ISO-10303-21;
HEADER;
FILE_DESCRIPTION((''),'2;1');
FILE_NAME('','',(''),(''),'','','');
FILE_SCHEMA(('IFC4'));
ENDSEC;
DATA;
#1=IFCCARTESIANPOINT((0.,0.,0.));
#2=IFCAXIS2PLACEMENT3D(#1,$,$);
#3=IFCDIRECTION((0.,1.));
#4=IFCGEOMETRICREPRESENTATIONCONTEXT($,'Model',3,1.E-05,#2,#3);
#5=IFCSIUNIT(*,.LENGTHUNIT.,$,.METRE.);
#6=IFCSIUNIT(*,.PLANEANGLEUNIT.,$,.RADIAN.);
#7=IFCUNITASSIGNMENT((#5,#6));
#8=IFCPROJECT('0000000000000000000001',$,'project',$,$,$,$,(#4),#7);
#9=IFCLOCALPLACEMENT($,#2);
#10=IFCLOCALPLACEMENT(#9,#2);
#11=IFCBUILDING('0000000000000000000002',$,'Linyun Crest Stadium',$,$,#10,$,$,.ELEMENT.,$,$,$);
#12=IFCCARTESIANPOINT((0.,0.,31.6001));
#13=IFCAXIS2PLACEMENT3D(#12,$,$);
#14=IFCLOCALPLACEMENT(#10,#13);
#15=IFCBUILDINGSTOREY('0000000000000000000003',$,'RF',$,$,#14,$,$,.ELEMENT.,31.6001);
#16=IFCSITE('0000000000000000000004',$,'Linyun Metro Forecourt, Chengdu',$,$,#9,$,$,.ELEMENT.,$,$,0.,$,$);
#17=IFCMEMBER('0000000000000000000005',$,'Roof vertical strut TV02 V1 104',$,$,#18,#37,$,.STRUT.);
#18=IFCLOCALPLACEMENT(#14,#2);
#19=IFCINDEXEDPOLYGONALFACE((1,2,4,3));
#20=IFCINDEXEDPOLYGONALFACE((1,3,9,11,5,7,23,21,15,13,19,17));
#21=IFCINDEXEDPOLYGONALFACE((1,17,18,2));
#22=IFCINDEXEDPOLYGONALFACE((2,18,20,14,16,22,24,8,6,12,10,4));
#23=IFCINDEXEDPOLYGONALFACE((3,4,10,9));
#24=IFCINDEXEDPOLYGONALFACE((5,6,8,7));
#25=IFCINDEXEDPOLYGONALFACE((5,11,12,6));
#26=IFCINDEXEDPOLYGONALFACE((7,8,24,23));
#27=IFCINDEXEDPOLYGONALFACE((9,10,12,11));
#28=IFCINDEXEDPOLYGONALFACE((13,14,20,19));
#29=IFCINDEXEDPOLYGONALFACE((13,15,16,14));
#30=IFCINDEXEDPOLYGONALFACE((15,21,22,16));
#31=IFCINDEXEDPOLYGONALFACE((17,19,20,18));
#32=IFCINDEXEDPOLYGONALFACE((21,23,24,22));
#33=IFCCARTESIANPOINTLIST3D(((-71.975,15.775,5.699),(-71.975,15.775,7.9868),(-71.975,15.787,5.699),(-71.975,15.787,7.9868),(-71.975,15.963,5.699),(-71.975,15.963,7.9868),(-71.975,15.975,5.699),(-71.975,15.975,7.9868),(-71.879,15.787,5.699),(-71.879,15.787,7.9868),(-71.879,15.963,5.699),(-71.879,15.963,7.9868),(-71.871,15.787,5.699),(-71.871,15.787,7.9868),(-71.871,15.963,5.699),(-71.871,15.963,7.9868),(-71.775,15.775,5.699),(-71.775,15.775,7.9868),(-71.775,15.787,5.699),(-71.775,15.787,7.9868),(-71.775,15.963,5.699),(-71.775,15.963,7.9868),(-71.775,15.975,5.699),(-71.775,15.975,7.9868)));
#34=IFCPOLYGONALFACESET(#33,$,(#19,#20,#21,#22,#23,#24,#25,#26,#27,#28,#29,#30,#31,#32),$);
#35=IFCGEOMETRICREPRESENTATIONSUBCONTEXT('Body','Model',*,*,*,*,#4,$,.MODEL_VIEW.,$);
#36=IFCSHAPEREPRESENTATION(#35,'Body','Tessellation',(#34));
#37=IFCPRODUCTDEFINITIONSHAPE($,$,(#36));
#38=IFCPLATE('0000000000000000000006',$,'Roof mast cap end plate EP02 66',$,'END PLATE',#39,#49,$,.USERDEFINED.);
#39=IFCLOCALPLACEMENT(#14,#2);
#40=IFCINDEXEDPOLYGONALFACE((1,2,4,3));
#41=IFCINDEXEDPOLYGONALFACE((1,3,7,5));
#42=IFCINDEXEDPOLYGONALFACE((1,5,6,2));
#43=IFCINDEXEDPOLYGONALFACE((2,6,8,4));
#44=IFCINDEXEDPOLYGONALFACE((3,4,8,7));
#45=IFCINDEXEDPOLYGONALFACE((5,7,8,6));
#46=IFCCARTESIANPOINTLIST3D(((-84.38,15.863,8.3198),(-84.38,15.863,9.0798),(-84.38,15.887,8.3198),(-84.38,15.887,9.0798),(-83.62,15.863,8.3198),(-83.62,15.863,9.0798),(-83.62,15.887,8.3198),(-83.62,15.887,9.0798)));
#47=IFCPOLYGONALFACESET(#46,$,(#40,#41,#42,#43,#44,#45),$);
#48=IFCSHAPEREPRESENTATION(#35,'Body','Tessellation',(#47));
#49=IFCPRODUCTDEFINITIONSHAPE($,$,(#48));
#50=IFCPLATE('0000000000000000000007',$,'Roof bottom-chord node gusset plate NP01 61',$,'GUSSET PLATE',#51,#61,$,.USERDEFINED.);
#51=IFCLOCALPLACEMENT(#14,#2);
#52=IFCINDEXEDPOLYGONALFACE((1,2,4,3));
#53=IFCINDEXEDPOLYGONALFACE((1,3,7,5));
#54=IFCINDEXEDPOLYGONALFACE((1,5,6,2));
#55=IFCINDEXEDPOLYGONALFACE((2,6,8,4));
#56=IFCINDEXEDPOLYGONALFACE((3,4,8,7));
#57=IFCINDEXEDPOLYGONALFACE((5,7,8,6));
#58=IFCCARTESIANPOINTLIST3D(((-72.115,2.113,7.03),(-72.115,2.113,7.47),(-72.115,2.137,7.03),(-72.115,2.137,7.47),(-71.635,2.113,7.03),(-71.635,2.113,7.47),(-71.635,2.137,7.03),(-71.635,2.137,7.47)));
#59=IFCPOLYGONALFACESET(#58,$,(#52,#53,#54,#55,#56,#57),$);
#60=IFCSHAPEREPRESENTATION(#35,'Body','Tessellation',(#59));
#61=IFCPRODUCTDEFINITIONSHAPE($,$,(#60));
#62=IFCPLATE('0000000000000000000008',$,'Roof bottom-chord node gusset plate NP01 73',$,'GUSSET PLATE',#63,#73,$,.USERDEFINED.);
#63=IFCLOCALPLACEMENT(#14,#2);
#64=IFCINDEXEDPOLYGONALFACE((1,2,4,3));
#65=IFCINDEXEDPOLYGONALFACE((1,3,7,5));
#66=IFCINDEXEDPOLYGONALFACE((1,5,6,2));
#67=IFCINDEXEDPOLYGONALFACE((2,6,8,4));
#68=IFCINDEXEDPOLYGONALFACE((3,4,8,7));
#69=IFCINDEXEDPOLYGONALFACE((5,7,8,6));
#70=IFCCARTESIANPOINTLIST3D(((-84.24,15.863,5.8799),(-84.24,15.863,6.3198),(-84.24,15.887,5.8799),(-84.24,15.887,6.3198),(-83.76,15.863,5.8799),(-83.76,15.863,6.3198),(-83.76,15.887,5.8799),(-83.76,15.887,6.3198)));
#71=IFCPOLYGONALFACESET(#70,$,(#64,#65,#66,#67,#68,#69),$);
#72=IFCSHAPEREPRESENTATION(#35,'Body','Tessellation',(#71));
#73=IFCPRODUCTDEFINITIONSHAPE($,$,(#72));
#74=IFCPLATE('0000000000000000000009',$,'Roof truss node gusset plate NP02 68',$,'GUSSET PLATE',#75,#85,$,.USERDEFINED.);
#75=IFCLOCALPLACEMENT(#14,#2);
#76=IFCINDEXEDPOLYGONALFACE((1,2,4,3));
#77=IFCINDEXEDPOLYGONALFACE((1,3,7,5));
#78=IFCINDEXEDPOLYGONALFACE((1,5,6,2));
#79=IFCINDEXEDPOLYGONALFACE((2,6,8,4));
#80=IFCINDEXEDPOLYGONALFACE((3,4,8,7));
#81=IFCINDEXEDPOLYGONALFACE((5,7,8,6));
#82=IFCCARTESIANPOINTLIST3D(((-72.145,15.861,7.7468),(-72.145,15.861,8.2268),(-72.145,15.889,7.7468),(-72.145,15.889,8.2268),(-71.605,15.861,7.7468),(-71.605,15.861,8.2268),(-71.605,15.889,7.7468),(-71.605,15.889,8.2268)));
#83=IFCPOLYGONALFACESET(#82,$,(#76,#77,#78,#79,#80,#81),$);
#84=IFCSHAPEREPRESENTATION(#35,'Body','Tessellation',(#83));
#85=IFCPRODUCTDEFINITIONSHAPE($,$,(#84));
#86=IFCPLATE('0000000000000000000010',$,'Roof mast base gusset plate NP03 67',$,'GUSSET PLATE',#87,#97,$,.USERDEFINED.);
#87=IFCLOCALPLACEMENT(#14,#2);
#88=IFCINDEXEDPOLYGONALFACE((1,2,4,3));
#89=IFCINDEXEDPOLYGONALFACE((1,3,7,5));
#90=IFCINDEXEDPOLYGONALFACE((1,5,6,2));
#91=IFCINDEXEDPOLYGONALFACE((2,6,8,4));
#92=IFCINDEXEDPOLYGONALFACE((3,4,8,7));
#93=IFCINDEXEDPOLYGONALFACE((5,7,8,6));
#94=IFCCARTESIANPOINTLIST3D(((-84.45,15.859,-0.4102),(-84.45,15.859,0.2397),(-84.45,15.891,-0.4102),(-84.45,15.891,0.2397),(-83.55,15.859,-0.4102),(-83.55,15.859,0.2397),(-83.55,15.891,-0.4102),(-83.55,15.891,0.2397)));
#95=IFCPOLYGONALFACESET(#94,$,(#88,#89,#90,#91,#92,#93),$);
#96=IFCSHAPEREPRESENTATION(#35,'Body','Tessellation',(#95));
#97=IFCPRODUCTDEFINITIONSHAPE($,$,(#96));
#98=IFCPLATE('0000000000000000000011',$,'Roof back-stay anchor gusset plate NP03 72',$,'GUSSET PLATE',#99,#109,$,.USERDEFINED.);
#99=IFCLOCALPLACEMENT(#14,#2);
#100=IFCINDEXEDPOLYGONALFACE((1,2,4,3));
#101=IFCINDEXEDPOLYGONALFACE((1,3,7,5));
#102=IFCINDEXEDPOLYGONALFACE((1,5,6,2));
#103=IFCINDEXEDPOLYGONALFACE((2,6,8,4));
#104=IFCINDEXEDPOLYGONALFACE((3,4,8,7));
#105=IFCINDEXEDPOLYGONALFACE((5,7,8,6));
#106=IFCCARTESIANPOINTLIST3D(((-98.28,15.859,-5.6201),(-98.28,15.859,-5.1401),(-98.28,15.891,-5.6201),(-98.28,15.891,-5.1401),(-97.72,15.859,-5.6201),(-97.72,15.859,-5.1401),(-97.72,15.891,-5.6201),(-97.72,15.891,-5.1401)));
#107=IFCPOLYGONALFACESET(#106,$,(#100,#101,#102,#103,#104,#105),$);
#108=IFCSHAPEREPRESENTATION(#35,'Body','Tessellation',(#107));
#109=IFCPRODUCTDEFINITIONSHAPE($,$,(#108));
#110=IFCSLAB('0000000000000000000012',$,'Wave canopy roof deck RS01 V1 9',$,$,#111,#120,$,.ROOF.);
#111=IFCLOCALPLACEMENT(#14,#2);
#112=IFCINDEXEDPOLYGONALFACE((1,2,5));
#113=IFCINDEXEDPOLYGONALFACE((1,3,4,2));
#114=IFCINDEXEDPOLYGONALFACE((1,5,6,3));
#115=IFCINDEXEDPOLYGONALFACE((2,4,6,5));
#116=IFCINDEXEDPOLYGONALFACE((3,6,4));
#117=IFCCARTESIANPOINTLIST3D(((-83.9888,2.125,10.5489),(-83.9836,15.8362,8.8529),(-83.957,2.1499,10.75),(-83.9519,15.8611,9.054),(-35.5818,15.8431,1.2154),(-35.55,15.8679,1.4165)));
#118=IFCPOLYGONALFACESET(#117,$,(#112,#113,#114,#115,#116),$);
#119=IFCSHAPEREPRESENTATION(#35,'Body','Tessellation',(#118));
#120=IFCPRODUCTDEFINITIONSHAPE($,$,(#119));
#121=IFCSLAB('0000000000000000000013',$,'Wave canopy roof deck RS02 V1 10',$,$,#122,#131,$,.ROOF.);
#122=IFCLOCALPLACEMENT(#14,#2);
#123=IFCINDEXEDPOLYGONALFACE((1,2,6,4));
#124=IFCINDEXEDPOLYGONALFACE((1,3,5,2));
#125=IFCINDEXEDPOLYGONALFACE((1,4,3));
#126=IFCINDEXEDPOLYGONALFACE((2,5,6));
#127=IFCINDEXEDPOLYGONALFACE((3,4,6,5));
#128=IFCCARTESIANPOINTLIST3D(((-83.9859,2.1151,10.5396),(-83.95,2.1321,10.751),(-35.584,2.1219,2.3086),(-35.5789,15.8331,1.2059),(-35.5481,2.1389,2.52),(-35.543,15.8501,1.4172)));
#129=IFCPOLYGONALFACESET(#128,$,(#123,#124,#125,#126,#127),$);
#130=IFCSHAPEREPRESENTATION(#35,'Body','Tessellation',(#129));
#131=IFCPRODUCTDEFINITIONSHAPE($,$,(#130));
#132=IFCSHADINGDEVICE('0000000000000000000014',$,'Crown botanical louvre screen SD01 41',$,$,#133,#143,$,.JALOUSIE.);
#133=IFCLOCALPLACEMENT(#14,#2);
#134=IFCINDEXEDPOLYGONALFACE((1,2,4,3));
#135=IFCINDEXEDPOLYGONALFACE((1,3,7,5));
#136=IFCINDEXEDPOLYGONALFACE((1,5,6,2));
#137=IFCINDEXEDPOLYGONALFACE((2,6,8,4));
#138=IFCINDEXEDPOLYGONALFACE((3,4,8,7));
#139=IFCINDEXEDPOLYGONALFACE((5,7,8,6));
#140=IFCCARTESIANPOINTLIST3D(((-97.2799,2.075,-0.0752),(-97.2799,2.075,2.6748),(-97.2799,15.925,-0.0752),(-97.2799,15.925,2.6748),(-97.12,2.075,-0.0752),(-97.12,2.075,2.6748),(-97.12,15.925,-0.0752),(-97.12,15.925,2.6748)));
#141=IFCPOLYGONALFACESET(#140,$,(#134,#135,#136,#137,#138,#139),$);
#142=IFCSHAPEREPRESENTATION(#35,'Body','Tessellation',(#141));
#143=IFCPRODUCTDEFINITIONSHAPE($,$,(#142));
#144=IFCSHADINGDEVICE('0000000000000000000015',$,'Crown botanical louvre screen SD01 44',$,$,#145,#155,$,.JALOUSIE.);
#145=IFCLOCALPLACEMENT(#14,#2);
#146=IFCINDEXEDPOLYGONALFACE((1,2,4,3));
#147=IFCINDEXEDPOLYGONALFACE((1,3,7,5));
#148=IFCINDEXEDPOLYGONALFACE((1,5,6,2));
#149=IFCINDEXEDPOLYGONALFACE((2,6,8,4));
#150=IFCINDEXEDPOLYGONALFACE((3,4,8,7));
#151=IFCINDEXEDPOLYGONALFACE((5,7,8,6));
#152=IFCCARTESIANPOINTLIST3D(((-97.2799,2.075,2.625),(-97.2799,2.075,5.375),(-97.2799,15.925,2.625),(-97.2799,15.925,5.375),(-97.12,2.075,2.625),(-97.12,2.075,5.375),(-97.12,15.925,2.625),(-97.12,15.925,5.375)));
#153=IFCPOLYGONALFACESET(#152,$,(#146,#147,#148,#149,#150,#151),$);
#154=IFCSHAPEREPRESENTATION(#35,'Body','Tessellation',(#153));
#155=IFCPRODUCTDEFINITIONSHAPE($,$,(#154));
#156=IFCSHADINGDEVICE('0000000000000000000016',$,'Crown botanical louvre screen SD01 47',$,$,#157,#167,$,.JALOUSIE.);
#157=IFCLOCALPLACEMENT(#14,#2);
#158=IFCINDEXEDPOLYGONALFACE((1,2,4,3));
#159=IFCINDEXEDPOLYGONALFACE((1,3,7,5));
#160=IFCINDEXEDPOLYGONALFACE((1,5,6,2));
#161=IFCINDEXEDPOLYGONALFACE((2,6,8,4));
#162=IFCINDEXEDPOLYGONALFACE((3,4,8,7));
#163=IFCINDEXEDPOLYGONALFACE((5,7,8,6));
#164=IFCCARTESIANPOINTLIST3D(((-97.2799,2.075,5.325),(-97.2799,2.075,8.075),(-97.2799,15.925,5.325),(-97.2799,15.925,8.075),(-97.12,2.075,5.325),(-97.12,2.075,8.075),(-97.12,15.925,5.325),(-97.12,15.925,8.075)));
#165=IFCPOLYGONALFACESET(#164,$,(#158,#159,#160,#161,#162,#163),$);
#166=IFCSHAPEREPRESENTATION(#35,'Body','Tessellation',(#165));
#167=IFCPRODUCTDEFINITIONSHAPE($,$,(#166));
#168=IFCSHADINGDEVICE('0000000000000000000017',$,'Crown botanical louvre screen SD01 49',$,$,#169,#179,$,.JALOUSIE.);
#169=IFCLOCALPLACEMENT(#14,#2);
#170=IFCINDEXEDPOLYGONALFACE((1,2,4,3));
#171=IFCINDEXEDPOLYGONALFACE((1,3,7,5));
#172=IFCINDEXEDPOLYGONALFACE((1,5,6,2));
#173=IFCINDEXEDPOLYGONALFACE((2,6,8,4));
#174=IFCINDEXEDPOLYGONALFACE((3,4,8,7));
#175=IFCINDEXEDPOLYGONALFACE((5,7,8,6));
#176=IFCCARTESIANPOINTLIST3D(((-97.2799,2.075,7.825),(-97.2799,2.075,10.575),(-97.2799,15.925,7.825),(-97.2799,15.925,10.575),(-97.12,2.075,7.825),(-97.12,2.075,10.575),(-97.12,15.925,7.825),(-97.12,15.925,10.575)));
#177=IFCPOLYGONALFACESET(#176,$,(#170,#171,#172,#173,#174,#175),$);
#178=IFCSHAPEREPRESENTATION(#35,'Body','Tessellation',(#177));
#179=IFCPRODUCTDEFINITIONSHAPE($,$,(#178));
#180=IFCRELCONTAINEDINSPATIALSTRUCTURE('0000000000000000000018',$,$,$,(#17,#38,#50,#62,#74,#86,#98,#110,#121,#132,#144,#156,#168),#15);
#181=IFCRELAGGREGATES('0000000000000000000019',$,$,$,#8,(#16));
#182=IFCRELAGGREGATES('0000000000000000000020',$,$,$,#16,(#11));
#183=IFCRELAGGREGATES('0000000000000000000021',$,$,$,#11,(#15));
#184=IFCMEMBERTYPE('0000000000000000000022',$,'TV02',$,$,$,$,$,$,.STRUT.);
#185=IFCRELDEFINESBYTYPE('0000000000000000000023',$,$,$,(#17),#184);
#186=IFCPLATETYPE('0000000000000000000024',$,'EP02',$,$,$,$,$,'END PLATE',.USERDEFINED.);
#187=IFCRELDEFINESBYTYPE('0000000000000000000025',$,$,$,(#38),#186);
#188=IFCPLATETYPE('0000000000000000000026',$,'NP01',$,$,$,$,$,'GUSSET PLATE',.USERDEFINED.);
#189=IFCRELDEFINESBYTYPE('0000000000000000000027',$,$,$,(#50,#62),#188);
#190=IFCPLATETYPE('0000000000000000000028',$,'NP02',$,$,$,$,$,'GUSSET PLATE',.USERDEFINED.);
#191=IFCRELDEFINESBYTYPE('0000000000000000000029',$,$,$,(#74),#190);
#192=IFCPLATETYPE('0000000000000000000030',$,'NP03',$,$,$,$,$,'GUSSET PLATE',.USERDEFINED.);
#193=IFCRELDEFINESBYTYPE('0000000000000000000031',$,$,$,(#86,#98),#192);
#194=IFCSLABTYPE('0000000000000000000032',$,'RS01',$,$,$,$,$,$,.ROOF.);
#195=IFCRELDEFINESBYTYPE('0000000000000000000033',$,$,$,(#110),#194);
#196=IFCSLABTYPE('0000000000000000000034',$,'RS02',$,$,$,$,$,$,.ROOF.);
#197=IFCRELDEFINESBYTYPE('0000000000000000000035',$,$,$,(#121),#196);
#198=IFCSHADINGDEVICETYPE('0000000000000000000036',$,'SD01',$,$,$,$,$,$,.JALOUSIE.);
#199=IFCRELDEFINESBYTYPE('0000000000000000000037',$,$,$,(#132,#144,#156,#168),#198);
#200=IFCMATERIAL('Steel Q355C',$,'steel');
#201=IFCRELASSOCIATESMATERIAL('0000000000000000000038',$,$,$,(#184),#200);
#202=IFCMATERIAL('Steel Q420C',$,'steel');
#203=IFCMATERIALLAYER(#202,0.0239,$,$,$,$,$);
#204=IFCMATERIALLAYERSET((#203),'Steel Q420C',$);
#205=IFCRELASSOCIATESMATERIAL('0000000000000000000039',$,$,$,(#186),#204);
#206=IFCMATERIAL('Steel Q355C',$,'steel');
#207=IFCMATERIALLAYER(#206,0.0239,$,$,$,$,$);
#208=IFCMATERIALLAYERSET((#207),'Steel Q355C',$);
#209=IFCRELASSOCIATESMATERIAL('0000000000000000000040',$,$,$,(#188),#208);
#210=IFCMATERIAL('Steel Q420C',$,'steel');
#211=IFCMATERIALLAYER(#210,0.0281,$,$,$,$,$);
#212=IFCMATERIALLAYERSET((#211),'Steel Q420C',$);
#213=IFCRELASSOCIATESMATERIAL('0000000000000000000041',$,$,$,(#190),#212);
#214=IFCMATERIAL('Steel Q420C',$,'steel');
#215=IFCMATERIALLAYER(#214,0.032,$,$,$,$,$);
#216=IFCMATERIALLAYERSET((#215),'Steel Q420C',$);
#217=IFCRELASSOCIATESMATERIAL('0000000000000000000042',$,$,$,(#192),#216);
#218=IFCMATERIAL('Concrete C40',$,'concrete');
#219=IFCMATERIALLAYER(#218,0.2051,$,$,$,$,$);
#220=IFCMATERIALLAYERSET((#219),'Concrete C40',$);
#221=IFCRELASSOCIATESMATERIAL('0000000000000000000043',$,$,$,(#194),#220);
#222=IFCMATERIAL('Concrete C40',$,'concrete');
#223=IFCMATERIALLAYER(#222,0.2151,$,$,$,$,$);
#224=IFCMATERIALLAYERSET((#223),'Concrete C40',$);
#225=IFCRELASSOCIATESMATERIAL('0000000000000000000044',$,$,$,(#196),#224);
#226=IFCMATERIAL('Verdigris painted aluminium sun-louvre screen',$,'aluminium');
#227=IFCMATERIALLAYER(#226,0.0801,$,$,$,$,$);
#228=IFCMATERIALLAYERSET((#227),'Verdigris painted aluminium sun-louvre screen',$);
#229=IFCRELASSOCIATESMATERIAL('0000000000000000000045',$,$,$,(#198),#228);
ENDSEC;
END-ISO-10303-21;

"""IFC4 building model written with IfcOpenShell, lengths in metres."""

from ifc_helpers import new_model, si_unit, direction, frame, origin, origin_2d, place, context, subcontext, project, spatial, polyline, rectangle, i_section, outline, extrude, material, layer, layer_set, material_profile, profile_set, type_object, element, save


model = new_model("IFC4")

# Units and contexts
model_context = context("Model", 3, precision=1e-05, world=origin(), true_north=direction((0.0, 1.0)))
body_context = subcontext(model_context, "Body", "Model", "MODEL_VIEW")
ifc_project = project(units=[si_unit("LENGTHUNIT", "METRE"), si_unit("PLANEANGLEUNIT", "RADIAN")], contexts=[model_context])

# Site, building, storey
site_placement = place(None, origin())
site = spatial("IfcSite", under=ifc_project, at=site_placement, Name="Linyun Metro Forecourt, Chengdu", CompositionType="ELEMENT", RefElevation=0.0)
building_placement = place(site_placement, origin())
building = spatial("IfcBuilding", under=site, at=building_placement, Name="Linyun Crest Stadium", CompositionType="ELEMENT")
storey_placement = place(building_placement, frame((0.0, 0.0, 31.6001)))
storey = spatial("IfcBuildingStorey", under=building, at=storey_placement, Name="RF", CompositionType="ELEMENT", Elevation=31.6001)

# Member
ifc_material_1 = material(Name="Steel Q355C", Category="steel")
ifc_material_profile_1 = material_profile(ifc_material_1, i_section(OverallWidth=0.2, OverallDepth=0.2, WebThickness=0.0081, FlangeThickness=0.012, at=origin_2d()), Name="HW 200x200")
ifc_profile_set_1 = profile_set([ifc_material_profile_1], Name="Steel Q355C")
member_type_1 = type_object("IfcMemberType", Name="TV02", PredefinedType="STRUT", material=ifc_profile_set_1)
member_1_placement = place(storey_placement, frame((-71.875, 15.875, 5.699), z_axis=(0.0, 0.0, 1.0), x_axis=(1.0, 0.0, 0.0)))
element("IfcMember", 1, at=member_1_placement, inside=storey, type_object=member_type_1, Name="Roof vertical strut TV02 V1 104", PredefinedType="STRUT", context=body_context, shape_type="SweptSolid", body=[
    extrude(i_section(OverallWidth=0.2, OverallDepth=0.2, WebThickness=0.0081, FlangeThickness=0.012, at=origin_2d()), origin(), (0.0, 0.0, 1.0), 2.2878),
])

# Plates
ifc_material_2 = material(Name="Steel Q420C", Category="steel")
ifc_layer_1 = layer(ifc_material_2, 0.0239)
ifc_layer_set_1 = layer_set([ifc_layer_1], Name="Steel Q420C")
plate_type_1 = type_object("IfcPlateType", Name="EP02", ElementType="END PLATE", PredefinedType="USERDEFINED", material=ifc_layer_set_1)
plate_1_placement = place(storey_placement, frame((-84.0, 15.875, 8.3198), z_axis=(0.0, 0.0, 1.0), x_axis=(1.0, 0.0, 0.0)))
element("IfcPlate", 2, at=plate_1_placement, inside=storey, type_object=plate_type_1, Name="Roof mast cap end plate EP02 66", ObjectType="END PLATE", PredefinedType="USERDEFINED", context=body_context, shape_type="SweptSolid", body=[
    extrude(rectangle(XDim=0.76, YDim=0.0239, at=origin_2d()), origin(), (0.0, 0.0, 1.0), 0.76),
])
ifc_material_3 = material(Name="Steel Q355C", Category="steel")
ifc_layer_2 = layer(ifc_material_3, 0.0239)
ifc_layer_set_2 = layer_set([ifc_layer_2], Name="Steel Q355C")
plate_type_2 = type_object("IfcPlateType", Name="NP01", ElementType="GUSSET PLATE", PredefinedType="USERDEFINED", material=ifc_layer_set_2)
for number, where, z_axis, x_axis, name in (
    (3, (-71.875, 2.125, 7.03), (0.0, 0.0, 1.0), (1.0, 0.0, 0.0), "Roof bottom-chord node gusset plate NP01 61"),
    (4, (-84.0, 15.875, 5.8799), (0.0, 0.0, 1.0), (1.0, 0.0, 0.0), "Roof bottom-chord node gusset plate NP01 73"),
):
    element("IfcPlate", number, at=place(storey_placement, frame(where, z_axis=z_axis, x_axis=x_axis)), inside=storey, type_object=plate_type_2, Name=name, ObjectType="GUSSET PLATE", PredefinedType="USERDEFINED", context=body_context, shape_type="SweptSolid", body=[
        extrude(rectangle(XDim=0.48, YDim=0.0239, at=origin_2d()), origin(), (0.0, 0.0, 1.0), 0.4399),
    ])
ifc_material_4 = material(Name="Steel Q420C", Category="steel")
ifc_layer_3 = layer(ifc_material_4, 0.0281)
ifc_layer_set_3 = layer_set([ifc_layer_3], Name="Steel Q420C")
plate_type_3 = type_object("IfcPlateType", Name="NP02", ElementType="GUSSET PLATE", PredefinedType="USERDEFINED", material=ifc_layer_set_3)
plate_2_placement = place(storey_placement, frame((-71.875, 15.875, 7.7468), z_axis=(0.0, 0.0, 1.0), x_axis=(1.0, 0.0, 0.0)))
element("IfcPlate", 5, at=plate_2_placement, inside=storey, type_object=plate_type_3, Name="Roof truss node gusset plate NP02 68", ObjectType="GUSSET PLATE", PredefinedType="USERDEFINED", context=body_context, shape_type="SweptSolid", body=[
    extrude(rectangle(XDim=0.54, YDim=0.0281, at=origin_2d()), origin(), (0.0, 0.0, 1.0), 0.48),
])
ifc_material_5 = material(Name="Steel Q420C", Category="steel")
ifc_layer_4 = layer(ifc_material_5, 0.032)
ifc_layer_set_4 = layer_set([ifc_layer_4], Name="Steel Q420C")
plate_type_4 = type_object("IfcPlateType", Name="NP03", ElementType="GUSSET PLATE", PredefinedType="USERDEFINED", material=ifc_layer_set_4)
plate_3_placement = place(storey_placement, frame((-84.0, 15.875, -0.4102), z_axis=(0.0, 0.0, 1.0), x_axis=(1.0, 0.0, 0.0)))
element("IfcPlate", 6, at=plate_3_placement, inside=storey, type_object=plate_type_4, Name="Roof mast base gusset plate NP03 67", ObjectType="GUSSET PLATE", PredefinedType="USERDEFINED", context=body_context, shape_type="SweptSolid", body=[
    extrude(rectangle(XDim=0.8999, YDim=0.032, at=origin_2d()), origin(), (0.0, 0.0, 1.0), 0.6499),
])
plate_4_placement = place(storey_placement, frame((-98.0, 15.875, -5.6201), z_axis=(0.0, 0.0, 1.0), x_axis=(1.0, 0.0, 0.0)))
element("IfcPlate", 7, at=plate_4_placement, inside=storey, type_object=plate_type_4, Name="Roof back-stay anchor gusset plate NP03 72", ObjectType="GUSSET PLATE", PredefinedType="USERDEFINED", context=body_context, shape_type="SweptSolid", body=[
    extrude(rectangle(XDim=0.5601, YDim=0.032, at=origin_2d()), origin(), (0.0, 0.0, 1.0), 0.48),
])

# Slabs
ifc_material_6 = material(Name="Concrete C40", Category="concrete")
ifc_layer_5 = layer(ifc_material_6, 0.2051)
ifc_layer_set_5 = layer_set([ifc_layer_5], Name="Concrete C40")
slab_type_1 = type_object("IfcSlabType", Name="RS01", PredefinedType="ROOF", material=ifc_layer_set_5)
slab_1_placement = place(storey_placement, frame((-83.957, 2.1499, 10.75), z_axis=(0.154698, 0.121227, 0.980496), x_axis=(0.000371, 0.992436, -0.122762)))
element("IfcSlab", 8, at=slab_1_placement, inside=storey, type_object=slab_type_1, Name="Wave canopy roof deck RS01 V1 9", PredefinedType="ROOF", context=body_context, shape_type="SweptSolid", body=[
    extrude(outline(polyline([(0.0, 0.0), (13.8157, 0.0), (14.778, -48.9913), (0.0, 0.0)])), origin(), (0.0, 0.0, -1.0), 0.2051),
])
ifc_material_7 = material(Name="Concrete C40", Category="concrete")
ifc_layer_6 = layer(ifc_material_7, 0.2151)
ifc_layer_set_6 = layer_set([ifc_layer_6], Name="Concrete C40")
slab_type_2 = type_object("IfcSlabType", Name="RS02", PredefinedType="ROOF", material=ifc_layer_set_6)
slab_2_placement = place(storey_placement, frame((-83.95, 2.1321, 10.751), z_axis=(0.167113, 0.078981, 0.982769), x_axis=(0.945973, 0.268078, -0.182401)))
element("IfcSlab", 9, at=slab_2_placement, inside=storey, type_object=slab_type_2, Name="Wave canopy roof deck RS02 V1 10", PredefinedType="ROOF", context=body_context, shape_type="SweptSolid", body=[
    extrude(outline(polyline([(0.0, 0.0), (51.1717, 0.0), (47.29, -13.1964), (0.0, 0.0)])), origin(), (0.0, 0.0, -1.0), 0.2151),
])

# Shading devices
ifc_material_8 = material(Name="Verdigris painted aluminium sun-louvre screen", Category="aluminium")
ifc_layer_7 = layer(ifc_material_8, 0.0801)
ifc_layer_set_7 = layer_set([ifc_layer_7], Name="Verdigris painted aluminium sun-louvre screen")
shading_device_type_1 = type_object("IfcShadingDeviceType", Name="SD01", PredefinedType="JALOUSIE", material=ifc_layer_set_7)
for number, where, z_axis, x_axis, name in (
    (10, (-97.2, 9.0, -0.0752), (0.0, 0.0, 1.0), (1.0, 0.0, 0.0), "Crown botanical louvre screen SD01 41"),
    (11, (-97.2, 9.0, 2.625), (0.0, 0.0, 1.0), (1.0, 0.0, 0.0), "Crown botanical louvre screen SD01 44"),
    (12, (-97.2, 9.0, 5.325), (0.0, 0.0, 1.0), (1.0, 0.0, 0.0), "Crown botanical louvre screen SD01 47"),
    (13, (-97.2, 9.0, 7.825), (0.0, 0.0, 1.0), (1.0, 0.0, 0.0), "Crown botanical louvre screen SD01 49"),
):
    element("IfcShadingDevice", number, at=place(storey_placement, frame(where, z_axis=z_axis, x_axis=x_axis)), inside=storey, type_object=shading_device_type_1, Name=name, PredefinedType="JALOUSIE", context=body_context, shape_type="SweptSolid", body=[
        extrude(rectangle(XDim=0.1599, YDim=13.8501, at=origin_2d()), origin(), (0.0, 0.0, 1.0), 2.75),
    ])

save(model, "model.ifc")
